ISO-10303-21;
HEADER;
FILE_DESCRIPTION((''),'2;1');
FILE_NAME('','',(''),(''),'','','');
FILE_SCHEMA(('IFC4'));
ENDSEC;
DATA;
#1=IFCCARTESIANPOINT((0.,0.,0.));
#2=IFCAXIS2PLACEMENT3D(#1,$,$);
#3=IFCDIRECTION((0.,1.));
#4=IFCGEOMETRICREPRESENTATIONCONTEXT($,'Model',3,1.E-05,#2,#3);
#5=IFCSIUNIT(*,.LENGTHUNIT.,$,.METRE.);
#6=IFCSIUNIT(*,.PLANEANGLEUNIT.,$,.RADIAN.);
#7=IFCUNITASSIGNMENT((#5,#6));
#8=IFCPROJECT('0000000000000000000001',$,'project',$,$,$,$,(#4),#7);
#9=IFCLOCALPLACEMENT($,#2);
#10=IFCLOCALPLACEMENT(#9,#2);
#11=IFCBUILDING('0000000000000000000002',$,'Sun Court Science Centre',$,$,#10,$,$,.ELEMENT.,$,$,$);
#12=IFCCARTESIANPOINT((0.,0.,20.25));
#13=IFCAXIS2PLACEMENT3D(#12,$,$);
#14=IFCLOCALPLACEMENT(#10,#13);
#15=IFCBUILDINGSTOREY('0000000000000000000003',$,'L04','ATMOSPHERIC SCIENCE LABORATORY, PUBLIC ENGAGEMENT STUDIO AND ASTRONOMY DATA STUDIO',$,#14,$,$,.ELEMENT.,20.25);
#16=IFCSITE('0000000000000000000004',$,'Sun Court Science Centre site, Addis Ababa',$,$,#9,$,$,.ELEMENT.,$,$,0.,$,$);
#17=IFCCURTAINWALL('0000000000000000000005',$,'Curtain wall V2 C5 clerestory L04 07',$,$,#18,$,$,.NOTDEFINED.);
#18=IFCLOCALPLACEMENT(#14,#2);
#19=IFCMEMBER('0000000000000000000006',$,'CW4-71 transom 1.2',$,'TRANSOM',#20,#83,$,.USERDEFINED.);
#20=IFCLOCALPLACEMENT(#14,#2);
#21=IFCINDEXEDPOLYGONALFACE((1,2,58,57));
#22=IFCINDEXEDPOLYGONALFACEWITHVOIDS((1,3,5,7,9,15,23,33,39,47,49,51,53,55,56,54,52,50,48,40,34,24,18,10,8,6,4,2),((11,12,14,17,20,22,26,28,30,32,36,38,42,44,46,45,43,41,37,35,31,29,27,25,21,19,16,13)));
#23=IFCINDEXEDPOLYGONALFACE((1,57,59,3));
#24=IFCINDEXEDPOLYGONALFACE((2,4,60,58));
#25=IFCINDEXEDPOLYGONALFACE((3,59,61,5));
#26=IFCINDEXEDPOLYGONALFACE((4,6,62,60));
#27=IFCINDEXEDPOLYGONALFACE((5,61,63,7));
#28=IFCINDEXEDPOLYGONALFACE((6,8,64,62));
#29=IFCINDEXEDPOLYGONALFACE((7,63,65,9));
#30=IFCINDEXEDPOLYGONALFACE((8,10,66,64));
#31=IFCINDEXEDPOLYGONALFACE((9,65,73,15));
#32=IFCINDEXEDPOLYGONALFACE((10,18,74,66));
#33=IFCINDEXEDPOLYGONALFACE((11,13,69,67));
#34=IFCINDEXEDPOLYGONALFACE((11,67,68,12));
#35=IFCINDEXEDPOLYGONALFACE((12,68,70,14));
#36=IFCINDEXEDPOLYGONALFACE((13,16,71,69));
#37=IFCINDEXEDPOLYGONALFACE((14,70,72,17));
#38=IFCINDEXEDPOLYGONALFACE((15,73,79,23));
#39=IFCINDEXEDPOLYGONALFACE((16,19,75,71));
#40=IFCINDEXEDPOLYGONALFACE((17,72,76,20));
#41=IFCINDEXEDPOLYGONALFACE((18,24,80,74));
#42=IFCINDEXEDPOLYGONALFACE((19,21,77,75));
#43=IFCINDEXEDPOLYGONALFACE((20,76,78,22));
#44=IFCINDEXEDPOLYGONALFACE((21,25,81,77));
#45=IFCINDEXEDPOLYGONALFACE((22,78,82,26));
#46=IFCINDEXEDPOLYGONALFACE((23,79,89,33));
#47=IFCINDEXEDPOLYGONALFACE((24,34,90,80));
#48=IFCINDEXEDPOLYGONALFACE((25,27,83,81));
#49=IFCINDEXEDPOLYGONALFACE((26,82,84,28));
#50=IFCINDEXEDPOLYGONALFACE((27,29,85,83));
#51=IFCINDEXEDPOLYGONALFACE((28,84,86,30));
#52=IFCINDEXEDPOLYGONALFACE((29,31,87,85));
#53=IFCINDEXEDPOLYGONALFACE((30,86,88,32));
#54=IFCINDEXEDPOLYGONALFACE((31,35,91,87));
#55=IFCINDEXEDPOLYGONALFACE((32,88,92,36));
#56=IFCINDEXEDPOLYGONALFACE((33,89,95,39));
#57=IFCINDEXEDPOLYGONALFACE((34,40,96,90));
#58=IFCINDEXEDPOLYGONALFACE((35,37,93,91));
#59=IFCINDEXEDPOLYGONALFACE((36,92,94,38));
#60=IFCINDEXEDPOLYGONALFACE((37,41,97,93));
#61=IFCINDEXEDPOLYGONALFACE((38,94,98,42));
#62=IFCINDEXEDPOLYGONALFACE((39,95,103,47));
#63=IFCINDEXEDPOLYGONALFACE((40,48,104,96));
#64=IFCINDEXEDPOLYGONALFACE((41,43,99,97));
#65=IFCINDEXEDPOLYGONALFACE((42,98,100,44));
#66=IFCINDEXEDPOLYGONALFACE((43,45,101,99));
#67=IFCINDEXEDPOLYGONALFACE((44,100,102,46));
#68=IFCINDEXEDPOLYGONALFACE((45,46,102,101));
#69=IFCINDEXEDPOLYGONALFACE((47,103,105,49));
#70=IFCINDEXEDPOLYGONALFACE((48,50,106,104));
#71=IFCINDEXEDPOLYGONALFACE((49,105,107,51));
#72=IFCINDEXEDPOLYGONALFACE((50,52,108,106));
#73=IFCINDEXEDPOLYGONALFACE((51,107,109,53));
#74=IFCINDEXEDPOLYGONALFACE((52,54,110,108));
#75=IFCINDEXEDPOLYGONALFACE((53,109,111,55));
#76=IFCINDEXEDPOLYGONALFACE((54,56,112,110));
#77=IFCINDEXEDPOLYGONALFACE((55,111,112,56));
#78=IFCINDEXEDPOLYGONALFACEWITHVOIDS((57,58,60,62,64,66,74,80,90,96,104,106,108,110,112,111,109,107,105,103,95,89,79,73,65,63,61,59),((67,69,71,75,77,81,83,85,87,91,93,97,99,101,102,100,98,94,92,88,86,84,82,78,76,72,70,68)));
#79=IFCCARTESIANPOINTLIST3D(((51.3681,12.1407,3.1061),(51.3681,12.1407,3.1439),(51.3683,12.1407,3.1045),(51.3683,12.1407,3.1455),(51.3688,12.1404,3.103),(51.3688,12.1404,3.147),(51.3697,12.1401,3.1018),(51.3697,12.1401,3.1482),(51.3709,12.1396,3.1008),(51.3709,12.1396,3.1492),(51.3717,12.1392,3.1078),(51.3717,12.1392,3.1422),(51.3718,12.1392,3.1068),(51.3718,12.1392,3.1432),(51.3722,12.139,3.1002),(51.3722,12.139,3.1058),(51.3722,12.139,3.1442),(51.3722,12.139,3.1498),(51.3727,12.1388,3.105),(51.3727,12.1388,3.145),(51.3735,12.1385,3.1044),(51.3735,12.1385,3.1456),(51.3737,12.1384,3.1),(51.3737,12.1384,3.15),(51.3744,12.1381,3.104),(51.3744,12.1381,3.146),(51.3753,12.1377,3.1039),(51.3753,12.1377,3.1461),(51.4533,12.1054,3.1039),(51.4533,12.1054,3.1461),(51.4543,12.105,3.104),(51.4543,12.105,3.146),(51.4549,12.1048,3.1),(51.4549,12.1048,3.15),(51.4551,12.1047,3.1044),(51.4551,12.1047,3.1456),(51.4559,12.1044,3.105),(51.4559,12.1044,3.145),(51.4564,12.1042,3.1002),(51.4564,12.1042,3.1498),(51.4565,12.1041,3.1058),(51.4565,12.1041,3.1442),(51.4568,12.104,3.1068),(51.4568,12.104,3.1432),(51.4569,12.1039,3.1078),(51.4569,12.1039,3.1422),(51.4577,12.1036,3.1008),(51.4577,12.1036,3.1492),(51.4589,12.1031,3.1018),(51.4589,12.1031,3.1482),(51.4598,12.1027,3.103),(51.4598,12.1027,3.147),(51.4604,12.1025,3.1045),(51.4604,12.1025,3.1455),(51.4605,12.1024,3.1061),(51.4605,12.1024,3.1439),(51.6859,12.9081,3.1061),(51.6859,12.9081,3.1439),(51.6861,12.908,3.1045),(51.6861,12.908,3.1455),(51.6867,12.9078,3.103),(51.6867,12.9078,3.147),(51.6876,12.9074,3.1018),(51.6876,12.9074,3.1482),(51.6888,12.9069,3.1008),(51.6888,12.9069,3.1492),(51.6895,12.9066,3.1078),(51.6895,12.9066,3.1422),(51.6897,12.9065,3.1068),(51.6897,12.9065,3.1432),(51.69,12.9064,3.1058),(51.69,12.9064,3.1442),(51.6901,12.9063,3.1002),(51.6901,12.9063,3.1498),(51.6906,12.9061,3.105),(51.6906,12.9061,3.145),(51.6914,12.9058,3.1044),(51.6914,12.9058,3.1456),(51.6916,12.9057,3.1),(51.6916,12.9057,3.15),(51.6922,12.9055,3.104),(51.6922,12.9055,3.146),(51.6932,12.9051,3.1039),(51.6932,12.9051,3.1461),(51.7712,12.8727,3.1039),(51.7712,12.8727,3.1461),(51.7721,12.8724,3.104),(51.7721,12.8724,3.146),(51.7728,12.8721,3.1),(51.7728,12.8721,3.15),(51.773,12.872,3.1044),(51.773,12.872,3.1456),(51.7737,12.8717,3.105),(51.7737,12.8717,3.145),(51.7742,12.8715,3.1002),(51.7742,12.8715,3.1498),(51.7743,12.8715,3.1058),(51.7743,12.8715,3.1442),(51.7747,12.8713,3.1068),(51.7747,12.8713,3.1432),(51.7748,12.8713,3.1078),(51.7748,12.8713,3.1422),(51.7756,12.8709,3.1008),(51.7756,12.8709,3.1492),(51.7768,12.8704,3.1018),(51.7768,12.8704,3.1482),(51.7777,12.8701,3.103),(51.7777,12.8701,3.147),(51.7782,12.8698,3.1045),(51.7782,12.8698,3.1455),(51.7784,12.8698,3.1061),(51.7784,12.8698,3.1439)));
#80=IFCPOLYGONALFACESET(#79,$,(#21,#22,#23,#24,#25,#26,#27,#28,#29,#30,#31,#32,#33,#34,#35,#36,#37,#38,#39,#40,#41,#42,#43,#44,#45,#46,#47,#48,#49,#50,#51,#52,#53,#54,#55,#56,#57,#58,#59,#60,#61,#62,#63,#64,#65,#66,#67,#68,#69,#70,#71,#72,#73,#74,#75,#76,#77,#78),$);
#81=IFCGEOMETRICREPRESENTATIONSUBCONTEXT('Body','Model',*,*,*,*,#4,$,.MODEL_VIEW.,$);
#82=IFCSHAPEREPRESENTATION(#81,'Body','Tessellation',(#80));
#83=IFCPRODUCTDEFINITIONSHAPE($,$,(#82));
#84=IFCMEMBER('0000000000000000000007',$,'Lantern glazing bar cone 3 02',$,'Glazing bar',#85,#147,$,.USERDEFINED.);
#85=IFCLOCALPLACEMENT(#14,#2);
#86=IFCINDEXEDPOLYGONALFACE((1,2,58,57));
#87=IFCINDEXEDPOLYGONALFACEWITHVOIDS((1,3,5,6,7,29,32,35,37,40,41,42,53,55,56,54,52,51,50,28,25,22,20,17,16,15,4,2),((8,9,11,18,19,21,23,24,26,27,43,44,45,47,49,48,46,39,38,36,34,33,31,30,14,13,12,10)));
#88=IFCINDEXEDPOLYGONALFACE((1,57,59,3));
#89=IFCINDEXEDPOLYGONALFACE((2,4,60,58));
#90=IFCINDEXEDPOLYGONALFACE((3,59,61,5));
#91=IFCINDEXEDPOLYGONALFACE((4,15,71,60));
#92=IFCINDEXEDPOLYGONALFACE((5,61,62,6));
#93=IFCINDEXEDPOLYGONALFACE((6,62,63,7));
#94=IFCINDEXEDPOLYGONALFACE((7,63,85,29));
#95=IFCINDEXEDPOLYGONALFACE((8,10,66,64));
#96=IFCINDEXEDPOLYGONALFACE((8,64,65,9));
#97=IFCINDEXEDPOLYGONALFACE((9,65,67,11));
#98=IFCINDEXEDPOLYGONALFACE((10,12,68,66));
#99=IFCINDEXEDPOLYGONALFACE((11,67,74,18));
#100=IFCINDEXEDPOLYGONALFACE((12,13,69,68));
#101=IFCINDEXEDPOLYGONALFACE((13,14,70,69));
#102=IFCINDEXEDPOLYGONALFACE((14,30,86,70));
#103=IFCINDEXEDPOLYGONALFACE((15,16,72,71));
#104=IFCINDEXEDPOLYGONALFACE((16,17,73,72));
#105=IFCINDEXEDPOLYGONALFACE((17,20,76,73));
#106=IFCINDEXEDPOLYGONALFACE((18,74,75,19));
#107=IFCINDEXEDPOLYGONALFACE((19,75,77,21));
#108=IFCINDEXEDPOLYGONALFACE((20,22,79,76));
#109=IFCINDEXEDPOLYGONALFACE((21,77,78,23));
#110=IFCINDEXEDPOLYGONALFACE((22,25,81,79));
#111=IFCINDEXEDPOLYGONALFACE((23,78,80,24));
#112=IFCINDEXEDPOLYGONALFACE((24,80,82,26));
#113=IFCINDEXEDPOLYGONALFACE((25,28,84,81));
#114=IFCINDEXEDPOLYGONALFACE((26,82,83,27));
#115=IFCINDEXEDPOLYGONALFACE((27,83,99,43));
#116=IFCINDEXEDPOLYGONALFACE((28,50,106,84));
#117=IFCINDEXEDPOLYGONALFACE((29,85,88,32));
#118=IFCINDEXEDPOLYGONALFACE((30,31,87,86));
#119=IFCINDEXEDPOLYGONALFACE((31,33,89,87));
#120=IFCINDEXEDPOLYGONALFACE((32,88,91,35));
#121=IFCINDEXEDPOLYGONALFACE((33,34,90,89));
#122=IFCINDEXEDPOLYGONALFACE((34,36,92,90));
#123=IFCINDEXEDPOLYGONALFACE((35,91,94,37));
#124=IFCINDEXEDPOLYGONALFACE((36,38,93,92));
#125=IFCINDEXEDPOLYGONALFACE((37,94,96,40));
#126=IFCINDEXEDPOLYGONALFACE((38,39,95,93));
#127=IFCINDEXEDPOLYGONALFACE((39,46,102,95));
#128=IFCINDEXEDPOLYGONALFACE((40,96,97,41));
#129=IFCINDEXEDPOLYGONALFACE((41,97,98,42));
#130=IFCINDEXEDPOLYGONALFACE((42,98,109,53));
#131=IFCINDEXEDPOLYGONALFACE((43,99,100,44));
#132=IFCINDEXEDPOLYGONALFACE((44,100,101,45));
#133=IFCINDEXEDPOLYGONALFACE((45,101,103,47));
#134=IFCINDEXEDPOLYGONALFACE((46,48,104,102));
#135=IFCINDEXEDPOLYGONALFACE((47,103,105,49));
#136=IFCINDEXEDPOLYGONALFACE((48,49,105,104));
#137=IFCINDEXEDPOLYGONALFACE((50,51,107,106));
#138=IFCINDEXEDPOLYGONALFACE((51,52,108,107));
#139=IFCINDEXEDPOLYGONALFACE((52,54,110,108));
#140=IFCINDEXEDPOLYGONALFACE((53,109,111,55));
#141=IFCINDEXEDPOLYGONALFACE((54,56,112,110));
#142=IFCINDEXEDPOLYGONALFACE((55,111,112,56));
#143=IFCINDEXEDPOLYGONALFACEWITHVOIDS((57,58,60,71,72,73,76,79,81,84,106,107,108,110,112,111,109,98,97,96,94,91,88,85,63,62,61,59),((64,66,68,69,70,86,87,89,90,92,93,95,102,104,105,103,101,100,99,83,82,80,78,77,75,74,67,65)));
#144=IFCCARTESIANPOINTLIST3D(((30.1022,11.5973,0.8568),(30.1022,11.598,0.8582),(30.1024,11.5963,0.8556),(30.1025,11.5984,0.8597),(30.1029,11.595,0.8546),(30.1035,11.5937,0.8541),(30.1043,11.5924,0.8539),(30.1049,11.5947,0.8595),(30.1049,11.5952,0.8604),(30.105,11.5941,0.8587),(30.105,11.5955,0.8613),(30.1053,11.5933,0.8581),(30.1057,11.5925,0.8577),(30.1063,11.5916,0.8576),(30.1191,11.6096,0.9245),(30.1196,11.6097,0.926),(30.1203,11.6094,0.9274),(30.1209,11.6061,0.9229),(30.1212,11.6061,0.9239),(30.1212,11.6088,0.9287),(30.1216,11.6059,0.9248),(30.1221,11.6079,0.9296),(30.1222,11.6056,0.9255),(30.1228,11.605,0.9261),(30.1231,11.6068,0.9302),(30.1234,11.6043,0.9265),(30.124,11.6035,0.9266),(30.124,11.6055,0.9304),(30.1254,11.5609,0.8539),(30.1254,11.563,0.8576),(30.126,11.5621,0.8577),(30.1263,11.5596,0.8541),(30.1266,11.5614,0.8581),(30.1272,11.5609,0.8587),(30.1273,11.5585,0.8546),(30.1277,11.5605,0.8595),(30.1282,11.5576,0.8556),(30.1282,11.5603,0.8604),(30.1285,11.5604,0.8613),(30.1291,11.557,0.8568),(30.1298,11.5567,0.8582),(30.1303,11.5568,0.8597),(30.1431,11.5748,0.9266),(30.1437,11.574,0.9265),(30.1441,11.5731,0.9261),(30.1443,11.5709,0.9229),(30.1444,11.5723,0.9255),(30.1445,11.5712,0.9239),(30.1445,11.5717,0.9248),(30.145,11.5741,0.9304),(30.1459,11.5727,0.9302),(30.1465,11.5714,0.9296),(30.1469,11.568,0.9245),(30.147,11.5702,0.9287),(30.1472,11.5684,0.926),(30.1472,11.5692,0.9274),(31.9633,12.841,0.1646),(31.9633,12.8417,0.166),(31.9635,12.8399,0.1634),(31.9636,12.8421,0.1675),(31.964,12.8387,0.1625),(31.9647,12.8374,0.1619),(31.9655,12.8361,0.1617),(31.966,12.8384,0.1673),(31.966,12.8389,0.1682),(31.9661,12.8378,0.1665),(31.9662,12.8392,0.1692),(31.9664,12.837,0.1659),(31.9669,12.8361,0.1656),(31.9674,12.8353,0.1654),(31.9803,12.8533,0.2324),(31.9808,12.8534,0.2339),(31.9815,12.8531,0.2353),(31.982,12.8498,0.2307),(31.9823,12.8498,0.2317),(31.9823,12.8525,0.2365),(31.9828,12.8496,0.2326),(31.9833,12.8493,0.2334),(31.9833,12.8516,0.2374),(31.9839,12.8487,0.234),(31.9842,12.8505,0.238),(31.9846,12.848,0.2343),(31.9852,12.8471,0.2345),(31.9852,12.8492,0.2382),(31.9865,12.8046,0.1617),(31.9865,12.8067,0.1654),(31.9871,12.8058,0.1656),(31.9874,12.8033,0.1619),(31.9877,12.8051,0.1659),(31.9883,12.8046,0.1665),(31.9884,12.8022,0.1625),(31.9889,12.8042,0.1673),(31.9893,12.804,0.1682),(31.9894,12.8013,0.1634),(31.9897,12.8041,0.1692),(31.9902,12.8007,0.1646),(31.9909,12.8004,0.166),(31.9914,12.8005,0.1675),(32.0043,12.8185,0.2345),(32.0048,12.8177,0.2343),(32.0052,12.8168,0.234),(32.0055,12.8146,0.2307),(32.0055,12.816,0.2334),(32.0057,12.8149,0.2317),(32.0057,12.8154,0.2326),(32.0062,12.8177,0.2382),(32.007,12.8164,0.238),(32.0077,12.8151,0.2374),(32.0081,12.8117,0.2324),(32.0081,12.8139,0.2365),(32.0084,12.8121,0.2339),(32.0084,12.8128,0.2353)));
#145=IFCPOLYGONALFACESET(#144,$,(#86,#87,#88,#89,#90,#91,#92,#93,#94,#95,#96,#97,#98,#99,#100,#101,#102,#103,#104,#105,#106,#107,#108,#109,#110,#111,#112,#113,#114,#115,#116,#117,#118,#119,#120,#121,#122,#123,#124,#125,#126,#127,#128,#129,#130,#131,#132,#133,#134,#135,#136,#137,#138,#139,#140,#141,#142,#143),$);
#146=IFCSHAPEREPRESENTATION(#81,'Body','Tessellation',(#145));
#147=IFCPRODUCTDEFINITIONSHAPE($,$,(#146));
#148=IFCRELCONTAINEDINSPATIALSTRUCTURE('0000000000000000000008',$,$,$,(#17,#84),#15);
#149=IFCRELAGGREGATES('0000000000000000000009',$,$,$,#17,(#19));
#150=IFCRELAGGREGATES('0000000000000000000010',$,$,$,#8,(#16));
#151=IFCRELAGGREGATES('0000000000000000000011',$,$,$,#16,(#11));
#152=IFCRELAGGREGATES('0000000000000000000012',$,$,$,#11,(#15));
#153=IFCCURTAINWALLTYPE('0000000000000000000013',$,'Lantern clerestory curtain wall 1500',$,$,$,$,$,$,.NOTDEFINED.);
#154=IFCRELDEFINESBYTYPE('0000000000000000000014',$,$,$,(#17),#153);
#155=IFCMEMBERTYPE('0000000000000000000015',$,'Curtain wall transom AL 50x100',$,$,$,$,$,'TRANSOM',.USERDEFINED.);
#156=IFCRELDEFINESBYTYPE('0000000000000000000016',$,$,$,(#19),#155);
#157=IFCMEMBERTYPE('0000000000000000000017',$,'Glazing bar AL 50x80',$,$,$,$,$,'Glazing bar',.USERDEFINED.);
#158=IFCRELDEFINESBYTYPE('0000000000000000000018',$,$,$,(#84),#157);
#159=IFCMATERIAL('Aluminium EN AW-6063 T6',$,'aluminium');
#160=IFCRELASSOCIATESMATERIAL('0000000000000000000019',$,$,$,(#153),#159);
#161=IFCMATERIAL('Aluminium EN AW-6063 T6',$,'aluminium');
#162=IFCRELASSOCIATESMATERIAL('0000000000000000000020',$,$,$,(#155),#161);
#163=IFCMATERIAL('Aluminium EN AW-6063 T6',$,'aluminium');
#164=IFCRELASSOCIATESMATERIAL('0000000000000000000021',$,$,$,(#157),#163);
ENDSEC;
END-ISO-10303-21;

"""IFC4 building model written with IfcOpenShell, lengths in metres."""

from ifc_helpers import new_model, si_unit, direction, frame, origin, origin_2d, place, context, subcontext, project, spatial, hollow_rectangle, extrude, material, material_profile, profile_set, type_object, element, aggregate, save


model = new_model("IFC4")

# Units and contexts
model_context = context("Model", 3, precision=1e-05, world=origin(), true_north=direction((0.0, 1.0)))
body_context = subcontext(model_context, "Body", "Model", "MODEL_VIEW")
ifc_project = project(units=[si_unit("LENGTHUNIT", "METRE"), si_unit("PLANEANGLEUNIT", "RADIAN")], contexts=[model_context])

# Site, building, storey
site_placement = place(None, origin())
site = spatial("IfcSite", under=ifc_project, at=site_placement, Name="Sun Court Science Centre site, Addis Ababa", CompositionType="ELEMENT", RefElevation=0.0)
building_placement = place(site_placement, origin())
building = spatial("IfcBuilding", under=site, at=building_placement, Name="Sun Court Science Centre", CompositionType="ELEMENT")
storey_placement = place(building_placement, frame((0.0, 0.0, 20.25)))
storey = spatial("IfcBuildingStorey", under=building, at=storey_placement, Name="L04", Description="ATMOSPHERIC SCIENCE LABORATORY, PUBLIC ENGAGEMENT STUDIO AND ASTRONOMY DATA STUDIO", CompositionType="ELEMENT", Elevation=20.25)

# Shared definitions
ifc_material_1 = material(Name="Aluminium EN AW-6063 T6", Category="aluminium")
curtain_wall_type = type_object("IfcCurtainWallType", Name="Lantern clerestory curtain wall 1500", PredefinedType="NOTDEFINED", material=ifc_material_1)

# Curtain wall, member
curtain_wall_1_placement = place(storey_placement, origin())
curtain_wall_1 = element("IfcCurtainWall", 1, at=curtain_wall_1_placement, inside=storey, type_object=curtain_wall_type, Name="Curtain wall V2 C5 clerestory L04 07", PredefinedType="NOTDEFINED")
ifc_material_2 = material(Name="Aluminium EN AW-6063 T6", Category="aluminium")
ifc_material_profile_1 = material_profile(ifc_material_2, hollow_rectangle(XDim=0.05, YDim=0.1001, WallThickness=0.0039, InnerFilletRadius=0.0039, OuterFilletRadius=0.0061, at=origin_2d()), Name="AL 50x100x4")
ifc_profile_set_1 = profile_set([ifc_material_profile_1], Name="Aluminium EN AW-6063 T6")
member_type_1 = type_object("IfcMemberType", Name="Curtain wall transom AL 50x100", ElementType="TRANSOM", PredefinedType="USERDEFINED", material=ifc_profile_set_1)
member_1_placement = place(storey_placement, frame((51.4143, 12.1216, 3.125), z_axis=(0.382715, 0.923866, 0.0), x_axis=(0.0, 0.0, 1.0)))
member_1 = element("IfcMember", 2, at=member_1_placement, type_object=member_type_1, Name="CW4-71 transom 1.2", ObjectType="TRANSOM", PredefinedType="USERDEFINED", context=body_context, shape_type="SweptSolid", body=[
    extrude(hollow_rectangle(XDim=0.05, YDim=0.1001, WallThickness=0.0039, InnerFilletRadius=0.0039, OuterFilletRadius=0.0061, at=origin_2d()), origin(), (0.0, 0.0, 1.0), 0.8306),
])

# Member
ifc_material_3 = material(Name="Aluminium EN AW-6063 T6", Category="aluminium")
ifc_material_profile_2 = material_profile(ifc_material_3, hollow_rectangle(XDim=0.05, YDim=0.0801, WallThickness=0.0039, InnerFilletRadius=0.0039, OuterFilletRadius=0.0061, at=origin_2d()), Name="AL 50x80x4")
ifc_profile_set_2 = profile_set([ifc_material_profile_2], Name="Aluminium EN AW-6063 T6")
member_type_2 = type_object("IfcMemberType", Name="Glazing bar AL 50x80", ElementType="Glazing bar", PredefinedType="USERDEFINED", material=ifc_profile_set_2)
for number, where, z_axis, x_axis, name in (
    (3, (31.9858, 12.8269, 0.2), (-0.794338, -0.530809, 0.295415), (0.555606, -0.831446, 0.0), "Lantern glazing bar cone 3 02"),
):
    element("IfcMember", number, at=place(storey_placement, frame(where, z_axis=z_axis, x_axis=x_axis)), inside=storey, type_object=member_type_2, Name=name, ObjectType="Glazing bar", PredefinedType="USERDEFINED", context=body_context, shape_type="SweptSolid", body=[
        extrude(hollow_rectangle(XDim=0.05, YDim=0.0801, WallThickness=0.0039, InnerFilletRadius=0.0039, OuterFilletRadius=0.0061, at=origin_2d()), origin(), (0.0, 0.0, 1.0), 2.343),
    ])

aggregate(curtain_wall_1, [member_1])

save(model, "model.ifc")
